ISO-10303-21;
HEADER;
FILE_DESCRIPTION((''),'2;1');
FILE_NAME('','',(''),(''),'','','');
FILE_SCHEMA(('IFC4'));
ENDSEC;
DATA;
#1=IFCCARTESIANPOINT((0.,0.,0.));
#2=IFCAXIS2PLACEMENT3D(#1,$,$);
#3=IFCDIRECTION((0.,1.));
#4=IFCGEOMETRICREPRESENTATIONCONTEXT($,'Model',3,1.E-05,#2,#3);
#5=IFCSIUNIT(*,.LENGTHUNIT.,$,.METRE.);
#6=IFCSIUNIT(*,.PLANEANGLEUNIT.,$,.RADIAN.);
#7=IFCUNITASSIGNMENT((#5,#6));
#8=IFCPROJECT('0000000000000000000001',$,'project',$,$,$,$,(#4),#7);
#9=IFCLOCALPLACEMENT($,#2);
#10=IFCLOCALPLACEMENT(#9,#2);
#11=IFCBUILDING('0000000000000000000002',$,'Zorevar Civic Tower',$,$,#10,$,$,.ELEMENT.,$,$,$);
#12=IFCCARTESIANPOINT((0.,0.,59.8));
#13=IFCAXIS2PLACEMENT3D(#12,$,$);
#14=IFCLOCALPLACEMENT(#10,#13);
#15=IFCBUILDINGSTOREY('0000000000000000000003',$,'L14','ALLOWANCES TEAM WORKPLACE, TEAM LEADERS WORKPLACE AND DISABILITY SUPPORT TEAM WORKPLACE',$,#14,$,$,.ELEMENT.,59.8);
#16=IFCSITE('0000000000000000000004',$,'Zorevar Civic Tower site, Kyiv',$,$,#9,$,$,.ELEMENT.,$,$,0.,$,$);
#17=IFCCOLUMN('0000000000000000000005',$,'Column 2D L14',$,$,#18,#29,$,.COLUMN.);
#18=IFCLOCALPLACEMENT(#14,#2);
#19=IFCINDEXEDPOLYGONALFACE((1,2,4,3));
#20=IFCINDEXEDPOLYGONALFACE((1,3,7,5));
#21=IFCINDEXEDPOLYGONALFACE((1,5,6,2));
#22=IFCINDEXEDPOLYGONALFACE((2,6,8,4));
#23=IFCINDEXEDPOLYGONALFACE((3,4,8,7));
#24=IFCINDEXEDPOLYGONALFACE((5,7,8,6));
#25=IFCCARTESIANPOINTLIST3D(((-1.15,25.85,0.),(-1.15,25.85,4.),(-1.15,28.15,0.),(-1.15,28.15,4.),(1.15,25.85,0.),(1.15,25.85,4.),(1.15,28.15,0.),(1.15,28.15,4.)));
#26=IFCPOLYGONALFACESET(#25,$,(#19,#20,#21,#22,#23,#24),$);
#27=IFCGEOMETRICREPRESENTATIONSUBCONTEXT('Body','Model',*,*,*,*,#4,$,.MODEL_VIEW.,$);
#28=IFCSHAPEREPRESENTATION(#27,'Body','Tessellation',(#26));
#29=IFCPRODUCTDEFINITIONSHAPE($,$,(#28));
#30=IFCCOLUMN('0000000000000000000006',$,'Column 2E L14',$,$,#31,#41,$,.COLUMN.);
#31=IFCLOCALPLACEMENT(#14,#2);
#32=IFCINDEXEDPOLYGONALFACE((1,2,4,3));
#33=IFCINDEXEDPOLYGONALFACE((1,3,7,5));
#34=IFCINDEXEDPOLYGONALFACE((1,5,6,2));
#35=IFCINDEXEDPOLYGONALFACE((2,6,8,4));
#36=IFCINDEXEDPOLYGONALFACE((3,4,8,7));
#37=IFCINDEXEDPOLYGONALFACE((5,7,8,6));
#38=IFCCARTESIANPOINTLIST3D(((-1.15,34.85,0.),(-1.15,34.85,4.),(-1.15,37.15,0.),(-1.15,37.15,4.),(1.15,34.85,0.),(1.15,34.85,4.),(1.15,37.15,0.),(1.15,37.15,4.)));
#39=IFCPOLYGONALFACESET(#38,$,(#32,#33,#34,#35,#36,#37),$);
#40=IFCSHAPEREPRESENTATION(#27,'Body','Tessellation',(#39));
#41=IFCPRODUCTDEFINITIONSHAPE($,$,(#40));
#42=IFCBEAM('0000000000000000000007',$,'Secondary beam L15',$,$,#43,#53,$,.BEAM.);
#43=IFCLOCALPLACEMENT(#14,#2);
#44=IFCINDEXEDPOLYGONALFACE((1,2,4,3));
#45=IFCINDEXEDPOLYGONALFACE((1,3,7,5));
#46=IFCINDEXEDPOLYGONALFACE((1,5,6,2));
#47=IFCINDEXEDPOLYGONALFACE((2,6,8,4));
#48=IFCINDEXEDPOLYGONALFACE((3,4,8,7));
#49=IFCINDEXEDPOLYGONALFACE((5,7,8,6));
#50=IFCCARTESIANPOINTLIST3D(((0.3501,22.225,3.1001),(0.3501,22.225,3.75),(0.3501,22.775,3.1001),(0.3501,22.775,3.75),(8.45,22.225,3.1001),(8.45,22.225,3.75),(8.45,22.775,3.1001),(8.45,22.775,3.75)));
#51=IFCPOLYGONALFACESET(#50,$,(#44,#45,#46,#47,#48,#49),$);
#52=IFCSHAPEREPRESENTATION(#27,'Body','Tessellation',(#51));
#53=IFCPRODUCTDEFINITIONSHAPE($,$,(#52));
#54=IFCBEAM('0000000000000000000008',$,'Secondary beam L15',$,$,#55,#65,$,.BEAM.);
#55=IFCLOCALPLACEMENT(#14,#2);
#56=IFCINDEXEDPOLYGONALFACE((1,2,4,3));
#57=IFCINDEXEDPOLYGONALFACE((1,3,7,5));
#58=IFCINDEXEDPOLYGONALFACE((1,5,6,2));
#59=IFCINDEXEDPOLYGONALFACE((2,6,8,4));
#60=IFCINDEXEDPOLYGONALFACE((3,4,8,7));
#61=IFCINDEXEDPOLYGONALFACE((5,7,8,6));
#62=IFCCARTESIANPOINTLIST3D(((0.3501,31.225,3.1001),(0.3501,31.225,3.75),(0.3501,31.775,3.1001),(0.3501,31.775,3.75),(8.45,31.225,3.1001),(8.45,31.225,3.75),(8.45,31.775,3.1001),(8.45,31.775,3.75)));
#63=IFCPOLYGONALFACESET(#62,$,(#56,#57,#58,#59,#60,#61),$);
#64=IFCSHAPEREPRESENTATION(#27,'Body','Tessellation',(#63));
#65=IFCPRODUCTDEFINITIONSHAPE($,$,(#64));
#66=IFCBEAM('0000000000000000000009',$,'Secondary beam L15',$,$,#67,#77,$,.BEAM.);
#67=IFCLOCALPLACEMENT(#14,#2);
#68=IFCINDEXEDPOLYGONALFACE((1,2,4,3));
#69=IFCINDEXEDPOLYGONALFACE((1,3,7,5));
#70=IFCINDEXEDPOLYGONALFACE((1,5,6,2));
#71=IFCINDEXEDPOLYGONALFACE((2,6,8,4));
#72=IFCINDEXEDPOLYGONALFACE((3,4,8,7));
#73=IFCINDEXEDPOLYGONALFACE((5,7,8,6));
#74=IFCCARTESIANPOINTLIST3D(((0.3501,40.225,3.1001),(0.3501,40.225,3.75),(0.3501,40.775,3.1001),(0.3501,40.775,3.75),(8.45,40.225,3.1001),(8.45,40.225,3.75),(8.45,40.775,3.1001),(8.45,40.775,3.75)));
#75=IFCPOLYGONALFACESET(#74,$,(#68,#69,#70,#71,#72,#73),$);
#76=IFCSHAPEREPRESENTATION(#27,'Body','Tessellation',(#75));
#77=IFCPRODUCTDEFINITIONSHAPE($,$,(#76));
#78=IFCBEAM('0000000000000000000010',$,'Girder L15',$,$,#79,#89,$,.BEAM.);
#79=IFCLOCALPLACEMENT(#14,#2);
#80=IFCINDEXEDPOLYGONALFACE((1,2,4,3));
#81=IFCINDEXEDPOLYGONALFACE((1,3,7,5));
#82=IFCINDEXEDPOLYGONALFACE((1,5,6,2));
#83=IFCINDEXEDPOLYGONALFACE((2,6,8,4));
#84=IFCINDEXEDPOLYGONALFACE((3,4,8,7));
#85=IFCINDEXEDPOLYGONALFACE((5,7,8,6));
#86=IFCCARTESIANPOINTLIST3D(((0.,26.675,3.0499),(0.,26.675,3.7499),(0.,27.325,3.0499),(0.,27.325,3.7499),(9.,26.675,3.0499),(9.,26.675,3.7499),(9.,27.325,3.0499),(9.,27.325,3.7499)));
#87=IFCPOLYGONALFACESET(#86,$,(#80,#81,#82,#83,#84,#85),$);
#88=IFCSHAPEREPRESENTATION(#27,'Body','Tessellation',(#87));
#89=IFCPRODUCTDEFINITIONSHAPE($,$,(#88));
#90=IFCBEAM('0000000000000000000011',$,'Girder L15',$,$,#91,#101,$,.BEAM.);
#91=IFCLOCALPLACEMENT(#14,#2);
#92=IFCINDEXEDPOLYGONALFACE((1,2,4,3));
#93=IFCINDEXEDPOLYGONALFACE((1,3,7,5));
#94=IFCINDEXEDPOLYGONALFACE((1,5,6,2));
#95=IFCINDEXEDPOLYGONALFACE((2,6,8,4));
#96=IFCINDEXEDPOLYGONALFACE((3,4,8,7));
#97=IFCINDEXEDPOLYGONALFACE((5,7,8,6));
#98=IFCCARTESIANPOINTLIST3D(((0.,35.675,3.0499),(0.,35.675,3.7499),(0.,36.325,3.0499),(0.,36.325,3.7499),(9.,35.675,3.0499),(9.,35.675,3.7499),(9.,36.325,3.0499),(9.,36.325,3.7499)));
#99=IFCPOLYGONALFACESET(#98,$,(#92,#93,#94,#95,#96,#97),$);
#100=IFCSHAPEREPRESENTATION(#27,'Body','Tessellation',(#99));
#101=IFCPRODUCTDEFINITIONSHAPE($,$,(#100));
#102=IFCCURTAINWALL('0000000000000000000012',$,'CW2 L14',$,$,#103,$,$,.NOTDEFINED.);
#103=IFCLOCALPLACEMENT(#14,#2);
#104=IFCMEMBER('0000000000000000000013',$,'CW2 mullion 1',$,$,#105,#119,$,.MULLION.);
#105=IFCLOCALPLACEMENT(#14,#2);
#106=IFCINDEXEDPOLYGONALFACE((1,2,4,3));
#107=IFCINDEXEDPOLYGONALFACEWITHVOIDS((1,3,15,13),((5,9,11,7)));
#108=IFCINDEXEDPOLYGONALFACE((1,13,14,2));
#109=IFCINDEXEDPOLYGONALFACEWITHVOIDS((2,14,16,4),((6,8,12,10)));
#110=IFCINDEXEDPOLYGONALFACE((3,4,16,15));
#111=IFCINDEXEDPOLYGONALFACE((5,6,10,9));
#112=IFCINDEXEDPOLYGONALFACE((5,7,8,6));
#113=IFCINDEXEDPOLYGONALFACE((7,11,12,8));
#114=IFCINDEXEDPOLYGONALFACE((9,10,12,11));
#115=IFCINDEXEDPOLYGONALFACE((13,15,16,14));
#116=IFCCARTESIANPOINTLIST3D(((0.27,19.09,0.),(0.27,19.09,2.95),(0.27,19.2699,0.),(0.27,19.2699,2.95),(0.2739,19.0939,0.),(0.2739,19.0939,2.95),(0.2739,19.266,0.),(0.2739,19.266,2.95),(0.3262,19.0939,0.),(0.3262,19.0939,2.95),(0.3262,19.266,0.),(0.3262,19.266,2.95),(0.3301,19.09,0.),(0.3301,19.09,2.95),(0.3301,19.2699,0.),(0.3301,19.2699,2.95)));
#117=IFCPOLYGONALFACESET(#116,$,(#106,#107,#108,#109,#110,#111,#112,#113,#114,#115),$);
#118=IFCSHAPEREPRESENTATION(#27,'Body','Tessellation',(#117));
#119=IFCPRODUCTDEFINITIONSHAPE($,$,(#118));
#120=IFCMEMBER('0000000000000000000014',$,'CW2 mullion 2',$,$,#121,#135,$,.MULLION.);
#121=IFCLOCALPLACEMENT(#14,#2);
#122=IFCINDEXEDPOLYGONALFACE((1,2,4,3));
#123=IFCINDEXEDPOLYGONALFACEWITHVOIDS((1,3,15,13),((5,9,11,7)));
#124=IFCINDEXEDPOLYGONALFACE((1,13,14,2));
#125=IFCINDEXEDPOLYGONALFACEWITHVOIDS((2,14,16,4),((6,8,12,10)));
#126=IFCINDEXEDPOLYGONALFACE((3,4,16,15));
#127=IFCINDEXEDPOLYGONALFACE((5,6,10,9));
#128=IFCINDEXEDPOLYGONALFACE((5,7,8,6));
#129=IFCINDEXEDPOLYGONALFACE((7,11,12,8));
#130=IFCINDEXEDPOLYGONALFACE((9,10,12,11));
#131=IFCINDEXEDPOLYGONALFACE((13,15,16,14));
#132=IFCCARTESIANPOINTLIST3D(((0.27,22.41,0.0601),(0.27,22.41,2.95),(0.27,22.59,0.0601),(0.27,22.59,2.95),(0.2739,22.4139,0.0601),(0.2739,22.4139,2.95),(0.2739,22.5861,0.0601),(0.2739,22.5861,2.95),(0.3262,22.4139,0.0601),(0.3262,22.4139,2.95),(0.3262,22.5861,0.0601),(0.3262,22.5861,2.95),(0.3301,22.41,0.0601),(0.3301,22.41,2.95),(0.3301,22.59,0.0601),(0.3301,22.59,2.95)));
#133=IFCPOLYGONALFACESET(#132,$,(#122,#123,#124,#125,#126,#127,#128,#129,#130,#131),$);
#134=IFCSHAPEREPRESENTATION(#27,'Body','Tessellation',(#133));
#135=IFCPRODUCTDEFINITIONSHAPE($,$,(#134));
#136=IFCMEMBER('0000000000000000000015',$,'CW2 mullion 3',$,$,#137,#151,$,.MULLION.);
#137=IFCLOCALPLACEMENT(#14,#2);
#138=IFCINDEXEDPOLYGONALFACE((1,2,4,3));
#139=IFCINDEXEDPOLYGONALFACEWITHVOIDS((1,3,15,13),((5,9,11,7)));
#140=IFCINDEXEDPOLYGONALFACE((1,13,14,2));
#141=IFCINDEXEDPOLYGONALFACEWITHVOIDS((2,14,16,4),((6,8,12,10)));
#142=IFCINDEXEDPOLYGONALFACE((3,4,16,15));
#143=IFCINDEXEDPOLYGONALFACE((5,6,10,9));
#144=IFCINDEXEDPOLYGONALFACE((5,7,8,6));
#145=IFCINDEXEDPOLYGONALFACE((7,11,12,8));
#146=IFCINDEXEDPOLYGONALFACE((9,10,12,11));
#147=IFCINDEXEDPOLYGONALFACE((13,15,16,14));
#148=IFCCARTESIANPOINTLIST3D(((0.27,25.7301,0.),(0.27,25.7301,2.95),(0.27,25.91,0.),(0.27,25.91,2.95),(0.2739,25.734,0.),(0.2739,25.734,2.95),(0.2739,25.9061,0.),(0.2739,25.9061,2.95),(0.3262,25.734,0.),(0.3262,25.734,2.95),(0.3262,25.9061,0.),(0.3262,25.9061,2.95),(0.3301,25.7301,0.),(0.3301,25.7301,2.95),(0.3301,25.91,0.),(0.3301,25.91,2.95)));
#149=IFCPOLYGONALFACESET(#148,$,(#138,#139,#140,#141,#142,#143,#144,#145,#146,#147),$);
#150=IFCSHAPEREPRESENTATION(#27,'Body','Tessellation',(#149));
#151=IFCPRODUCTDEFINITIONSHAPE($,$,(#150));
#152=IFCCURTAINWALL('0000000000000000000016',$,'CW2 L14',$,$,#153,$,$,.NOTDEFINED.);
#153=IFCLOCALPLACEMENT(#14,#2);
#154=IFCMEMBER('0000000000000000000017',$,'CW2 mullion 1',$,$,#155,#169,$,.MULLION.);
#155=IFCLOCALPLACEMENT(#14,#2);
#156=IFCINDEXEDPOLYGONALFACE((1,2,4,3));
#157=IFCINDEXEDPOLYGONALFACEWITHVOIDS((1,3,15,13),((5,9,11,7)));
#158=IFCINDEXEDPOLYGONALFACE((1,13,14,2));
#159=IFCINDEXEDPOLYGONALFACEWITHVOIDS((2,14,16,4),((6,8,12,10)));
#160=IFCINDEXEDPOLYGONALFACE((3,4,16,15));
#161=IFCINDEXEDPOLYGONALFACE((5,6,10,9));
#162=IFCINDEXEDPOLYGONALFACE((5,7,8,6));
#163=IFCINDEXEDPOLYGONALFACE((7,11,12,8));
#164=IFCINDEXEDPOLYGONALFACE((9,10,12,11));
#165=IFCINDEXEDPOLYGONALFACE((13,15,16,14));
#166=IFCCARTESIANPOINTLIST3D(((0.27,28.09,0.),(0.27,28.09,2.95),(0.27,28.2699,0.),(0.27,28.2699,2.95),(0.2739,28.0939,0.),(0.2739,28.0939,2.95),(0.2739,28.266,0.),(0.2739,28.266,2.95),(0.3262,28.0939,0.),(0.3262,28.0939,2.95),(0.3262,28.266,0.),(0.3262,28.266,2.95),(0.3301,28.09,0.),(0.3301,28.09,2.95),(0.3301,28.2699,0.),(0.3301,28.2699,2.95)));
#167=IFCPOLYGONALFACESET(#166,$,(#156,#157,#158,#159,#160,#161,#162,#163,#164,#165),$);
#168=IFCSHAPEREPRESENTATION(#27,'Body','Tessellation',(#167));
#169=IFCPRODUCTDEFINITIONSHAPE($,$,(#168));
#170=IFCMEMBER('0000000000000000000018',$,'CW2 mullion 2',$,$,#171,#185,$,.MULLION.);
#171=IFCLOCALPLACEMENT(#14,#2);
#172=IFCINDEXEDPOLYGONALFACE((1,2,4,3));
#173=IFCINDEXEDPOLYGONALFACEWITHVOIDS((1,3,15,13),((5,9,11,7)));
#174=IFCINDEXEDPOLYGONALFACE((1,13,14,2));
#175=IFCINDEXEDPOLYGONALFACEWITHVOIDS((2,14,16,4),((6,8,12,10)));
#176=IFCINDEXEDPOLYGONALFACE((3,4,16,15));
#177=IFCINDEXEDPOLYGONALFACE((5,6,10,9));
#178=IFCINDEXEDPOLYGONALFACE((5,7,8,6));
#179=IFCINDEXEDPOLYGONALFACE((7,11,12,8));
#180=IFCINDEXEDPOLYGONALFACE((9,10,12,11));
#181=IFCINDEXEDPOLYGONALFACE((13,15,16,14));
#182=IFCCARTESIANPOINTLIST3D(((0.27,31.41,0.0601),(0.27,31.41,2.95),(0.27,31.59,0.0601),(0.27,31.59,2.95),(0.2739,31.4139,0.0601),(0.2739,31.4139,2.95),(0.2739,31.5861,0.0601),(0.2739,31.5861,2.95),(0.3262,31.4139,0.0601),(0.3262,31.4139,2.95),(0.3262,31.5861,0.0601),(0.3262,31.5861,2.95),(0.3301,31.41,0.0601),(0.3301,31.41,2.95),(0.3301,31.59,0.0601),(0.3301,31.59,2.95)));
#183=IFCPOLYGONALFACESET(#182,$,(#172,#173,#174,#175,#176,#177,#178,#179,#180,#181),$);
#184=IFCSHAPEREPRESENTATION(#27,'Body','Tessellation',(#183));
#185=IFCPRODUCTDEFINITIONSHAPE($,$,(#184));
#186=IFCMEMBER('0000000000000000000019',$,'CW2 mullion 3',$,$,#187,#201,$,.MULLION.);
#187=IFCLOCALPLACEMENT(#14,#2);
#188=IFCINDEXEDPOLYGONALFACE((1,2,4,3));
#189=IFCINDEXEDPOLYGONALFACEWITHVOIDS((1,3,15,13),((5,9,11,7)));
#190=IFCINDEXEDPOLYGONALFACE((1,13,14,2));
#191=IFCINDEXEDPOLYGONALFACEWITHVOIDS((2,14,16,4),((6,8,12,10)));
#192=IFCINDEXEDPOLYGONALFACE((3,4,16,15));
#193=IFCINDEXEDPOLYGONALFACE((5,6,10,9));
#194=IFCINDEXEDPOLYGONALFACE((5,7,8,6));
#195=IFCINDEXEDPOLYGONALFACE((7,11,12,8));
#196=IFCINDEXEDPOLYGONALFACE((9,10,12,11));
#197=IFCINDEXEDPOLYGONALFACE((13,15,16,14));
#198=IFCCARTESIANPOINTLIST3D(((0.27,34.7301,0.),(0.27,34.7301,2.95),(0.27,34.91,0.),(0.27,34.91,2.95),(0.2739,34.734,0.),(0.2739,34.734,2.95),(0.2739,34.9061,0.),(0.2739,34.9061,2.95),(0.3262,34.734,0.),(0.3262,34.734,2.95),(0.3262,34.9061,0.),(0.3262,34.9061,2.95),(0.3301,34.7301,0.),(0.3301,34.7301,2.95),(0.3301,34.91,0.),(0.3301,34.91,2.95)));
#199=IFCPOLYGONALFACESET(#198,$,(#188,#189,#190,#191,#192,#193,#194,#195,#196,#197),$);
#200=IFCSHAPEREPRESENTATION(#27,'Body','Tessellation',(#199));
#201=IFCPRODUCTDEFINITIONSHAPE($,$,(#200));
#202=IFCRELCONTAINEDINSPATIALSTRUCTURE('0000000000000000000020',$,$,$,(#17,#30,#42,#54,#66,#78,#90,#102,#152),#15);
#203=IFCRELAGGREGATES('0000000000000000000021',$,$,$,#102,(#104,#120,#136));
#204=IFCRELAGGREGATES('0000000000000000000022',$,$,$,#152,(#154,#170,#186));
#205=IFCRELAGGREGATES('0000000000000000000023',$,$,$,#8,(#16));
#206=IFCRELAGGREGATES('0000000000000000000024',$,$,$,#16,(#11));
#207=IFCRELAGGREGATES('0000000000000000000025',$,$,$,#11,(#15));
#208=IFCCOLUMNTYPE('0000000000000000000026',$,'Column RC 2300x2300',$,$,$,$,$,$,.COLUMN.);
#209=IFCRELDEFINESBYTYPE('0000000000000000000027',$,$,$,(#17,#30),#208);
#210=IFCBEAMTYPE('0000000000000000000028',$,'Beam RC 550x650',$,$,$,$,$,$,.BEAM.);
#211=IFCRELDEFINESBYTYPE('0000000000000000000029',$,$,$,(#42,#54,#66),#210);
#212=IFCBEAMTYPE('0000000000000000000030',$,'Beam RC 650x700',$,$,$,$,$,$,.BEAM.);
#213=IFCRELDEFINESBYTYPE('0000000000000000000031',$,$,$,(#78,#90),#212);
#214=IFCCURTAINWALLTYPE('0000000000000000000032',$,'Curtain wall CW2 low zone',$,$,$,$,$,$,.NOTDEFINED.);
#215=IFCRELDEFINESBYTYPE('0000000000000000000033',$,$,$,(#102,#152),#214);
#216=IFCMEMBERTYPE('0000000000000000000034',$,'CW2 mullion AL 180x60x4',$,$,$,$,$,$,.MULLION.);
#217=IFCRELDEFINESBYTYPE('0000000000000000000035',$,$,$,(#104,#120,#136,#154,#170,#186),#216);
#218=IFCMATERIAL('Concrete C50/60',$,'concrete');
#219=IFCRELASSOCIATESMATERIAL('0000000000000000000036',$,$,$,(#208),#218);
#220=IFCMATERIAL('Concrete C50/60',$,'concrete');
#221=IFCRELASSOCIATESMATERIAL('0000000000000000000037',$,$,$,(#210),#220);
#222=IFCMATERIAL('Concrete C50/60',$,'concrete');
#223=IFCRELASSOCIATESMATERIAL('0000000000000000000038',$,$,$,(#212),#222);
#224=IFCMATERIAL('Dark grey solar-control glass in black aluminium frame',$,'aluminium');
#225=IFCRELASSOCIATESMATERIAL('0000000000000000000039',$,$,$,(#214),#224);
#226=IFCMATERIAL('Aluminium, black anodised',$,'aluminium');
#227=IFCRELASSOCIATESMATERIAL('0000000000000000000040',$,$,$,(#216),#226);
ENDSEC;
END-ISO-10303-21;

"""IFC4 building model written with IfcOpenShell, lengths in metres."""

from ifc_helpers import new_model, si_unit, direction, frame, origin, origin_2d, place, context, subcontext, project, spatial, rectangle, hollow_rectangle, extrude, material, material_profile, profile_set, type_object, element, aggregate, save


model = new_model("IFC4")

# Units and contexts
model_context = context("Model", 3, precision=1e-05, world=origin(), true_north=direction((0.0, 1.0)))
body_context = subcontext(model_context, "Body", "Model", "MODEL_VIEW")
ifc_project = project(units=[si_unit("LENGTHUNIT", "METRE"), si_unit("PLANEANGLEUNIT", "RADIAN")], contexts=[model_context])

# Site, building, storey
site_placement = place(None, origin())
site = spatial("IfcSite", under=ifc_project, at=site_placement, Name="Zorevar Civic Tower site, Kyiv", CompositionType="ELEMENT", RefElevation=0.0)
building_placement = place(site_placement, origin())
building = spatial("IfcBuilding", under=site, at=building_placement, Name="Zorevar Civic Tower", CompositionType="ELEMENT")
storey_placement = place(building_placement, frame((0.0, 0.0, 59.8)))
storey = spatial("IfcBuildingStorey", under=building, at=storey_placement, Name="L14", Description="ALLOWANCES TEAM WORKPLACE, TEAM LEADERS WORKPLACE AND DISABILITY SUPPORT TEAM WORKPLACE", CompositionType="ELEMENT", Elevation=59.8)

# Columns
ifc_material_1 = material(Name="Concrete C50/60", Category="concrete")
ifc_material_profile_1 = material_profile(ifc_material_1, rectangle(XDim=2.3, YDim=2.3, at=origin_2d()), Name="RC 2300x2300")
ifc_profile_set_1 = profile_set([ifc_material_profile_1], Name="Concrete C50/60")
column_type = type_object("IfcColumnType", Name="Column RC 2300x2300", PredefinedType="COLUMN", material=ifc_profile_set_1)
for number, where, z_axis, x_axis, name in (
    (1, (0.0, 27.0, 0.0), (0.0, 0.0, 1.0), (1.0, 0.0, 0.0), "Column 2D L14"),
    (2, (0.0, 36.0, 0.0), (0.0, 0.0, 1.0), (1.0, 0.0, 0.0), "Column 2E L14"),
):
    element("IfcColumn", number, at=place(storey_placement, frame(where, z_axis=z_axis, x_axis=x_axis)), inside=storey, type_object=column_type, Name=name, PredefinedType="COLUMN", context=body_context, shape_type="SweptSolid", body=[
        extrude(rectangle(XDim=2.3, YDim=2.3, at=origin_2d()), origin(), (0.0, 0.0, 1.0), 4.0),
    ])

# Beams
ifc_material_2 = material(Name="Concrete C50/60", Category="concrete")
ifc_material_profile_2 = material_profile(ifc_material_2, rectangle(XDim=0.55, YDim=0.6499, at=origin_2d()), Name="RC 550x650")
ifc_profile_set_2 = profile_set([ifc_material_profile_2], Name="Concrete C50/60")
beam_type_1 = type_object("IfcBeamType", Name="Beam RC 550x650", PredefinedType="BEAM", material=ifc_profile_set_2)
for number, where, z_axis, x_axis, name in (
    (3, (0.3501, 22.5, 3.425), (1.0, 0.0, 0.0), (0.0, 1.0, 0.0), "Secondary beam L15"),
    (4, (0.3501, 31.5, 3.425), (1.0, 0.0, 0.0), (0.0, 1.0, 0.0), "Secondary beam L15"),
    (5, (0.3501, 40.5, 3.425), (1.0, 0.0, 0.0), (0.0, 1.0, 0.0), "Secondary beam L15"),
):
    element("IfcBeam", number, at=place(storey_placement, frame(where, z_axis=z_axis, x_axis=x_axis)), inside=storey, type_object=beam_type_1, Name=name, PredefinedType="BEAM", context=body_context, shape_type="SweptSolid", body=[
        extrude(rectangle(XDim=0.55, YDim=0.6499, at=origin_2d()), origin(), (0.0, 0.0, 1.0), 8.0999),
    ])
ifc_material_3 = material(Name="Concrete C50/60", Category="concrete")
ifc_material_profile_3 = material_profile(ifc_material_3, rectangle(XDim=0.6499, YDim=0.7, at=origin_2d()), Name="RC 650x700")
ifc_profile_set_3 = profile_set([ifc_material_profile_3], Name="Concrete C50/60")
beam_type_2 = type_object("IfcBeamType", Name="Beam RC 650x700", PredefinedType="BEAM", material=ifc_profile_set_3)
for number, where, z_axis, x_axis, name in (
    (6, (0.0, 27.0, 3.3999), (1.0, 0.0, 0.0), (0.0, 1.0, 0.0), "Girder L15"),
    (7, (0.0, 36.0, 3.3999), (1.0, 0.0, 0.0), (0.0, 1.0, 0.0), "Girder L15"),
):
    element("IfcBeam", number, at=place(storey_placement, frame(where, z_axis=z_axis, x_axis=x_axis)), inside=storey, type_object=beam_type_2, Name=name, PredefinedType="BEAM", context=body_context, shape_type="SweptSolid", body=[
        extrude(rectangle(XDim=0.6499, YDim=0.7, at=origin_2d()), origin(), (0.0, 0.0, 1.0), 9.0),
    ])

# Curtain walls, members
ifc_material_4 = material(Name="Dark grey solar-control glass in black aluminium frame", Category="aluminium")
curtain_wall_type = type_object("IfcCurtainWallType", Name="Curtain wall CW2 low zone", PredefinedType="NOTDEFINED", material=ifc_material_4)
curtain_wall_1_placement = place(storey_placement, origin())
curtain_wall_1 = element("IfcCurtainWall", 8, at=curtain_wall_1_placement, inside=storey, type_object=curtain_wall_type, Name="CW2 L14", PredefinedType="NOTDEFINED")
ifc_material_5 = material(Name="Aluminium, black anodised", Category="aluminium")
ifc_material_profile_4 = material_profile(ifc_material_5, hollow_rectangle(XDim=0.0601, YDim=0.1799, WallThickness=0.0039, at=origin_2d()), Name="AL 180x60x4")
ifc_profile_set_4 = profile_set([ifc_material_profile_4], Name="Aluminium, black anodised")
member_type_1 = type_object("IfcMemberType", Name="CW2 mullion AL 180x60x4", PredefinedType="MULLION", material=ifc_profile_set_4)
member_1_placement = place(storey_placement, frame((0.3, 19.1799, 0.0), z_axis=(0.0, 0.0, 1.0), x_axis=(-1.0, 0.0, 0.0)))
member_1 = element("IfcMember", 9, at=member_1_placement, type_object=member_type_1, Name="CW2 mullion 1", PredefinedType="MULLION", context=body_context, shape_type="SweptSolid", body=[
    extrude(hollow_rectangle(XDim=0.0601, YDim=0.1799, WallThickness=0.0039, at=origin_2d()), origin(), (0.0, 0.0, 1.0), 2.95),
])
member_2_placement = place(storey_placement, frame((0.3, 22.5, 0.0601), z_axis=(0.0, 0.0, 1.0), x_axis=(-1.0, 0.0, 0.0)))
member_2 = element("IfcMember", 10, at=member_2_placement, type_object=member_type_1, Name="CW2 mullion 2", PredefinedType="MULLION", context=body_context, shape_type="SweptSolid", body=[
    extrude(hollow_rectangle(XDim=0.0601, YDim=0.1799, WallThickness=0.0039, at=origin_2d()), origin(), (0.0, 0.0, 1.0), 2.8899),
])
member_3_placement = place(storey_placement, frame((0.3, 25.8201, 0.0), z_axis=(0.0, 0.0, 1.0), x_axis=(-1.0, 0.0, 0.0)))
member_3 = element("IfcMember", 11, at=member_3_placement, type_object=member_type_1, Name="CW2 mullion 3", PredefinedType="MULLION", context=body_context, shape_type="SweptSolid", body=[
    extrude(hollow_rectangle(XDim=0.0601, YDim=0.1799, WallThickness=0.0039, at=origin_2d()), origin(), (0.0, 0.0, 1.0), 2.95),
])
curtain_wall_2_placement = place(storey_placement, origin())
curtain_wall_2 = element("IfcCurtainWall", 12, at=curtain_wall_2_placement, inside=storey, type_object=curtain_wall_type, Name="CW2 L14", PredefinedType="NOTDEFINED")
member_4_placement = place(storey_placement, frame((0.3, 28.1799, 0.0), z_axis=(0.0, 0.0, 1.0), x_axis=(-1.0, 0.0, 0.0)))
member_4 = element("IfcMember", 13, at=member_4_placement, type_object=member_type_1, Name="CW2 mullion 1", PredefinedType="MULLION", context=body_context, shape_type="SweptSolid", body=[
    extrude(hollow_rectangle(XDim=0.0601, YDim=0.1799, WallThickness=0.0039, at=origin_2d()), origin(), (0.0, 0.0, 1.0), 2.95),
])
member_5_placement = place(storey_placement, frame((0.3, 31.5, 0.0601), z_axis=(0.0, 0.0, 1.0), x_axis=(-1.0, 0.0, 0.0)))
member_5 = element("IfcMember", 14, at=member_5_placement, type_object=member_type_1, Name="CW2 mullion 2", PredefinedType="MULLION", context=body_context, shape_type="SweptSolid", body=[
    extrude(hollow_rectangle(XDim=0.0601, YDim=0.1799, WallThickness=0.0039, at=origin_2d()), origin(), (0.0, 0.0, 1.0), 2.8899),
])
member_6_placement = place(storey_placement, frame((0.3, 34.8201, 0.0), z_axis=(0.0, 0.0, 1.0), x_axis=(-1.0, 0.0, 0.0)))
member_6 = element("IfcMember", 15, at=member_6_placement, type_object=member_type_1, Name="CW2 mullion 3", PredefinedType="MULLION", context=body_context, shape_type="SweptSolid", body=[
    extrude(hollow_rectangle(XDim=0.0601, YDim=0.1799, WallThickness=0.0039, at=origin_2d()), origin(), (0.0, 0.0, 1.0), 2.95),
])

aggregate(curtain_wall_1, [member_1, member_2, member_3])
aggregate(curtain_wall_2, [member_4, member_5, member_6])

save(model, "model.ifc")
